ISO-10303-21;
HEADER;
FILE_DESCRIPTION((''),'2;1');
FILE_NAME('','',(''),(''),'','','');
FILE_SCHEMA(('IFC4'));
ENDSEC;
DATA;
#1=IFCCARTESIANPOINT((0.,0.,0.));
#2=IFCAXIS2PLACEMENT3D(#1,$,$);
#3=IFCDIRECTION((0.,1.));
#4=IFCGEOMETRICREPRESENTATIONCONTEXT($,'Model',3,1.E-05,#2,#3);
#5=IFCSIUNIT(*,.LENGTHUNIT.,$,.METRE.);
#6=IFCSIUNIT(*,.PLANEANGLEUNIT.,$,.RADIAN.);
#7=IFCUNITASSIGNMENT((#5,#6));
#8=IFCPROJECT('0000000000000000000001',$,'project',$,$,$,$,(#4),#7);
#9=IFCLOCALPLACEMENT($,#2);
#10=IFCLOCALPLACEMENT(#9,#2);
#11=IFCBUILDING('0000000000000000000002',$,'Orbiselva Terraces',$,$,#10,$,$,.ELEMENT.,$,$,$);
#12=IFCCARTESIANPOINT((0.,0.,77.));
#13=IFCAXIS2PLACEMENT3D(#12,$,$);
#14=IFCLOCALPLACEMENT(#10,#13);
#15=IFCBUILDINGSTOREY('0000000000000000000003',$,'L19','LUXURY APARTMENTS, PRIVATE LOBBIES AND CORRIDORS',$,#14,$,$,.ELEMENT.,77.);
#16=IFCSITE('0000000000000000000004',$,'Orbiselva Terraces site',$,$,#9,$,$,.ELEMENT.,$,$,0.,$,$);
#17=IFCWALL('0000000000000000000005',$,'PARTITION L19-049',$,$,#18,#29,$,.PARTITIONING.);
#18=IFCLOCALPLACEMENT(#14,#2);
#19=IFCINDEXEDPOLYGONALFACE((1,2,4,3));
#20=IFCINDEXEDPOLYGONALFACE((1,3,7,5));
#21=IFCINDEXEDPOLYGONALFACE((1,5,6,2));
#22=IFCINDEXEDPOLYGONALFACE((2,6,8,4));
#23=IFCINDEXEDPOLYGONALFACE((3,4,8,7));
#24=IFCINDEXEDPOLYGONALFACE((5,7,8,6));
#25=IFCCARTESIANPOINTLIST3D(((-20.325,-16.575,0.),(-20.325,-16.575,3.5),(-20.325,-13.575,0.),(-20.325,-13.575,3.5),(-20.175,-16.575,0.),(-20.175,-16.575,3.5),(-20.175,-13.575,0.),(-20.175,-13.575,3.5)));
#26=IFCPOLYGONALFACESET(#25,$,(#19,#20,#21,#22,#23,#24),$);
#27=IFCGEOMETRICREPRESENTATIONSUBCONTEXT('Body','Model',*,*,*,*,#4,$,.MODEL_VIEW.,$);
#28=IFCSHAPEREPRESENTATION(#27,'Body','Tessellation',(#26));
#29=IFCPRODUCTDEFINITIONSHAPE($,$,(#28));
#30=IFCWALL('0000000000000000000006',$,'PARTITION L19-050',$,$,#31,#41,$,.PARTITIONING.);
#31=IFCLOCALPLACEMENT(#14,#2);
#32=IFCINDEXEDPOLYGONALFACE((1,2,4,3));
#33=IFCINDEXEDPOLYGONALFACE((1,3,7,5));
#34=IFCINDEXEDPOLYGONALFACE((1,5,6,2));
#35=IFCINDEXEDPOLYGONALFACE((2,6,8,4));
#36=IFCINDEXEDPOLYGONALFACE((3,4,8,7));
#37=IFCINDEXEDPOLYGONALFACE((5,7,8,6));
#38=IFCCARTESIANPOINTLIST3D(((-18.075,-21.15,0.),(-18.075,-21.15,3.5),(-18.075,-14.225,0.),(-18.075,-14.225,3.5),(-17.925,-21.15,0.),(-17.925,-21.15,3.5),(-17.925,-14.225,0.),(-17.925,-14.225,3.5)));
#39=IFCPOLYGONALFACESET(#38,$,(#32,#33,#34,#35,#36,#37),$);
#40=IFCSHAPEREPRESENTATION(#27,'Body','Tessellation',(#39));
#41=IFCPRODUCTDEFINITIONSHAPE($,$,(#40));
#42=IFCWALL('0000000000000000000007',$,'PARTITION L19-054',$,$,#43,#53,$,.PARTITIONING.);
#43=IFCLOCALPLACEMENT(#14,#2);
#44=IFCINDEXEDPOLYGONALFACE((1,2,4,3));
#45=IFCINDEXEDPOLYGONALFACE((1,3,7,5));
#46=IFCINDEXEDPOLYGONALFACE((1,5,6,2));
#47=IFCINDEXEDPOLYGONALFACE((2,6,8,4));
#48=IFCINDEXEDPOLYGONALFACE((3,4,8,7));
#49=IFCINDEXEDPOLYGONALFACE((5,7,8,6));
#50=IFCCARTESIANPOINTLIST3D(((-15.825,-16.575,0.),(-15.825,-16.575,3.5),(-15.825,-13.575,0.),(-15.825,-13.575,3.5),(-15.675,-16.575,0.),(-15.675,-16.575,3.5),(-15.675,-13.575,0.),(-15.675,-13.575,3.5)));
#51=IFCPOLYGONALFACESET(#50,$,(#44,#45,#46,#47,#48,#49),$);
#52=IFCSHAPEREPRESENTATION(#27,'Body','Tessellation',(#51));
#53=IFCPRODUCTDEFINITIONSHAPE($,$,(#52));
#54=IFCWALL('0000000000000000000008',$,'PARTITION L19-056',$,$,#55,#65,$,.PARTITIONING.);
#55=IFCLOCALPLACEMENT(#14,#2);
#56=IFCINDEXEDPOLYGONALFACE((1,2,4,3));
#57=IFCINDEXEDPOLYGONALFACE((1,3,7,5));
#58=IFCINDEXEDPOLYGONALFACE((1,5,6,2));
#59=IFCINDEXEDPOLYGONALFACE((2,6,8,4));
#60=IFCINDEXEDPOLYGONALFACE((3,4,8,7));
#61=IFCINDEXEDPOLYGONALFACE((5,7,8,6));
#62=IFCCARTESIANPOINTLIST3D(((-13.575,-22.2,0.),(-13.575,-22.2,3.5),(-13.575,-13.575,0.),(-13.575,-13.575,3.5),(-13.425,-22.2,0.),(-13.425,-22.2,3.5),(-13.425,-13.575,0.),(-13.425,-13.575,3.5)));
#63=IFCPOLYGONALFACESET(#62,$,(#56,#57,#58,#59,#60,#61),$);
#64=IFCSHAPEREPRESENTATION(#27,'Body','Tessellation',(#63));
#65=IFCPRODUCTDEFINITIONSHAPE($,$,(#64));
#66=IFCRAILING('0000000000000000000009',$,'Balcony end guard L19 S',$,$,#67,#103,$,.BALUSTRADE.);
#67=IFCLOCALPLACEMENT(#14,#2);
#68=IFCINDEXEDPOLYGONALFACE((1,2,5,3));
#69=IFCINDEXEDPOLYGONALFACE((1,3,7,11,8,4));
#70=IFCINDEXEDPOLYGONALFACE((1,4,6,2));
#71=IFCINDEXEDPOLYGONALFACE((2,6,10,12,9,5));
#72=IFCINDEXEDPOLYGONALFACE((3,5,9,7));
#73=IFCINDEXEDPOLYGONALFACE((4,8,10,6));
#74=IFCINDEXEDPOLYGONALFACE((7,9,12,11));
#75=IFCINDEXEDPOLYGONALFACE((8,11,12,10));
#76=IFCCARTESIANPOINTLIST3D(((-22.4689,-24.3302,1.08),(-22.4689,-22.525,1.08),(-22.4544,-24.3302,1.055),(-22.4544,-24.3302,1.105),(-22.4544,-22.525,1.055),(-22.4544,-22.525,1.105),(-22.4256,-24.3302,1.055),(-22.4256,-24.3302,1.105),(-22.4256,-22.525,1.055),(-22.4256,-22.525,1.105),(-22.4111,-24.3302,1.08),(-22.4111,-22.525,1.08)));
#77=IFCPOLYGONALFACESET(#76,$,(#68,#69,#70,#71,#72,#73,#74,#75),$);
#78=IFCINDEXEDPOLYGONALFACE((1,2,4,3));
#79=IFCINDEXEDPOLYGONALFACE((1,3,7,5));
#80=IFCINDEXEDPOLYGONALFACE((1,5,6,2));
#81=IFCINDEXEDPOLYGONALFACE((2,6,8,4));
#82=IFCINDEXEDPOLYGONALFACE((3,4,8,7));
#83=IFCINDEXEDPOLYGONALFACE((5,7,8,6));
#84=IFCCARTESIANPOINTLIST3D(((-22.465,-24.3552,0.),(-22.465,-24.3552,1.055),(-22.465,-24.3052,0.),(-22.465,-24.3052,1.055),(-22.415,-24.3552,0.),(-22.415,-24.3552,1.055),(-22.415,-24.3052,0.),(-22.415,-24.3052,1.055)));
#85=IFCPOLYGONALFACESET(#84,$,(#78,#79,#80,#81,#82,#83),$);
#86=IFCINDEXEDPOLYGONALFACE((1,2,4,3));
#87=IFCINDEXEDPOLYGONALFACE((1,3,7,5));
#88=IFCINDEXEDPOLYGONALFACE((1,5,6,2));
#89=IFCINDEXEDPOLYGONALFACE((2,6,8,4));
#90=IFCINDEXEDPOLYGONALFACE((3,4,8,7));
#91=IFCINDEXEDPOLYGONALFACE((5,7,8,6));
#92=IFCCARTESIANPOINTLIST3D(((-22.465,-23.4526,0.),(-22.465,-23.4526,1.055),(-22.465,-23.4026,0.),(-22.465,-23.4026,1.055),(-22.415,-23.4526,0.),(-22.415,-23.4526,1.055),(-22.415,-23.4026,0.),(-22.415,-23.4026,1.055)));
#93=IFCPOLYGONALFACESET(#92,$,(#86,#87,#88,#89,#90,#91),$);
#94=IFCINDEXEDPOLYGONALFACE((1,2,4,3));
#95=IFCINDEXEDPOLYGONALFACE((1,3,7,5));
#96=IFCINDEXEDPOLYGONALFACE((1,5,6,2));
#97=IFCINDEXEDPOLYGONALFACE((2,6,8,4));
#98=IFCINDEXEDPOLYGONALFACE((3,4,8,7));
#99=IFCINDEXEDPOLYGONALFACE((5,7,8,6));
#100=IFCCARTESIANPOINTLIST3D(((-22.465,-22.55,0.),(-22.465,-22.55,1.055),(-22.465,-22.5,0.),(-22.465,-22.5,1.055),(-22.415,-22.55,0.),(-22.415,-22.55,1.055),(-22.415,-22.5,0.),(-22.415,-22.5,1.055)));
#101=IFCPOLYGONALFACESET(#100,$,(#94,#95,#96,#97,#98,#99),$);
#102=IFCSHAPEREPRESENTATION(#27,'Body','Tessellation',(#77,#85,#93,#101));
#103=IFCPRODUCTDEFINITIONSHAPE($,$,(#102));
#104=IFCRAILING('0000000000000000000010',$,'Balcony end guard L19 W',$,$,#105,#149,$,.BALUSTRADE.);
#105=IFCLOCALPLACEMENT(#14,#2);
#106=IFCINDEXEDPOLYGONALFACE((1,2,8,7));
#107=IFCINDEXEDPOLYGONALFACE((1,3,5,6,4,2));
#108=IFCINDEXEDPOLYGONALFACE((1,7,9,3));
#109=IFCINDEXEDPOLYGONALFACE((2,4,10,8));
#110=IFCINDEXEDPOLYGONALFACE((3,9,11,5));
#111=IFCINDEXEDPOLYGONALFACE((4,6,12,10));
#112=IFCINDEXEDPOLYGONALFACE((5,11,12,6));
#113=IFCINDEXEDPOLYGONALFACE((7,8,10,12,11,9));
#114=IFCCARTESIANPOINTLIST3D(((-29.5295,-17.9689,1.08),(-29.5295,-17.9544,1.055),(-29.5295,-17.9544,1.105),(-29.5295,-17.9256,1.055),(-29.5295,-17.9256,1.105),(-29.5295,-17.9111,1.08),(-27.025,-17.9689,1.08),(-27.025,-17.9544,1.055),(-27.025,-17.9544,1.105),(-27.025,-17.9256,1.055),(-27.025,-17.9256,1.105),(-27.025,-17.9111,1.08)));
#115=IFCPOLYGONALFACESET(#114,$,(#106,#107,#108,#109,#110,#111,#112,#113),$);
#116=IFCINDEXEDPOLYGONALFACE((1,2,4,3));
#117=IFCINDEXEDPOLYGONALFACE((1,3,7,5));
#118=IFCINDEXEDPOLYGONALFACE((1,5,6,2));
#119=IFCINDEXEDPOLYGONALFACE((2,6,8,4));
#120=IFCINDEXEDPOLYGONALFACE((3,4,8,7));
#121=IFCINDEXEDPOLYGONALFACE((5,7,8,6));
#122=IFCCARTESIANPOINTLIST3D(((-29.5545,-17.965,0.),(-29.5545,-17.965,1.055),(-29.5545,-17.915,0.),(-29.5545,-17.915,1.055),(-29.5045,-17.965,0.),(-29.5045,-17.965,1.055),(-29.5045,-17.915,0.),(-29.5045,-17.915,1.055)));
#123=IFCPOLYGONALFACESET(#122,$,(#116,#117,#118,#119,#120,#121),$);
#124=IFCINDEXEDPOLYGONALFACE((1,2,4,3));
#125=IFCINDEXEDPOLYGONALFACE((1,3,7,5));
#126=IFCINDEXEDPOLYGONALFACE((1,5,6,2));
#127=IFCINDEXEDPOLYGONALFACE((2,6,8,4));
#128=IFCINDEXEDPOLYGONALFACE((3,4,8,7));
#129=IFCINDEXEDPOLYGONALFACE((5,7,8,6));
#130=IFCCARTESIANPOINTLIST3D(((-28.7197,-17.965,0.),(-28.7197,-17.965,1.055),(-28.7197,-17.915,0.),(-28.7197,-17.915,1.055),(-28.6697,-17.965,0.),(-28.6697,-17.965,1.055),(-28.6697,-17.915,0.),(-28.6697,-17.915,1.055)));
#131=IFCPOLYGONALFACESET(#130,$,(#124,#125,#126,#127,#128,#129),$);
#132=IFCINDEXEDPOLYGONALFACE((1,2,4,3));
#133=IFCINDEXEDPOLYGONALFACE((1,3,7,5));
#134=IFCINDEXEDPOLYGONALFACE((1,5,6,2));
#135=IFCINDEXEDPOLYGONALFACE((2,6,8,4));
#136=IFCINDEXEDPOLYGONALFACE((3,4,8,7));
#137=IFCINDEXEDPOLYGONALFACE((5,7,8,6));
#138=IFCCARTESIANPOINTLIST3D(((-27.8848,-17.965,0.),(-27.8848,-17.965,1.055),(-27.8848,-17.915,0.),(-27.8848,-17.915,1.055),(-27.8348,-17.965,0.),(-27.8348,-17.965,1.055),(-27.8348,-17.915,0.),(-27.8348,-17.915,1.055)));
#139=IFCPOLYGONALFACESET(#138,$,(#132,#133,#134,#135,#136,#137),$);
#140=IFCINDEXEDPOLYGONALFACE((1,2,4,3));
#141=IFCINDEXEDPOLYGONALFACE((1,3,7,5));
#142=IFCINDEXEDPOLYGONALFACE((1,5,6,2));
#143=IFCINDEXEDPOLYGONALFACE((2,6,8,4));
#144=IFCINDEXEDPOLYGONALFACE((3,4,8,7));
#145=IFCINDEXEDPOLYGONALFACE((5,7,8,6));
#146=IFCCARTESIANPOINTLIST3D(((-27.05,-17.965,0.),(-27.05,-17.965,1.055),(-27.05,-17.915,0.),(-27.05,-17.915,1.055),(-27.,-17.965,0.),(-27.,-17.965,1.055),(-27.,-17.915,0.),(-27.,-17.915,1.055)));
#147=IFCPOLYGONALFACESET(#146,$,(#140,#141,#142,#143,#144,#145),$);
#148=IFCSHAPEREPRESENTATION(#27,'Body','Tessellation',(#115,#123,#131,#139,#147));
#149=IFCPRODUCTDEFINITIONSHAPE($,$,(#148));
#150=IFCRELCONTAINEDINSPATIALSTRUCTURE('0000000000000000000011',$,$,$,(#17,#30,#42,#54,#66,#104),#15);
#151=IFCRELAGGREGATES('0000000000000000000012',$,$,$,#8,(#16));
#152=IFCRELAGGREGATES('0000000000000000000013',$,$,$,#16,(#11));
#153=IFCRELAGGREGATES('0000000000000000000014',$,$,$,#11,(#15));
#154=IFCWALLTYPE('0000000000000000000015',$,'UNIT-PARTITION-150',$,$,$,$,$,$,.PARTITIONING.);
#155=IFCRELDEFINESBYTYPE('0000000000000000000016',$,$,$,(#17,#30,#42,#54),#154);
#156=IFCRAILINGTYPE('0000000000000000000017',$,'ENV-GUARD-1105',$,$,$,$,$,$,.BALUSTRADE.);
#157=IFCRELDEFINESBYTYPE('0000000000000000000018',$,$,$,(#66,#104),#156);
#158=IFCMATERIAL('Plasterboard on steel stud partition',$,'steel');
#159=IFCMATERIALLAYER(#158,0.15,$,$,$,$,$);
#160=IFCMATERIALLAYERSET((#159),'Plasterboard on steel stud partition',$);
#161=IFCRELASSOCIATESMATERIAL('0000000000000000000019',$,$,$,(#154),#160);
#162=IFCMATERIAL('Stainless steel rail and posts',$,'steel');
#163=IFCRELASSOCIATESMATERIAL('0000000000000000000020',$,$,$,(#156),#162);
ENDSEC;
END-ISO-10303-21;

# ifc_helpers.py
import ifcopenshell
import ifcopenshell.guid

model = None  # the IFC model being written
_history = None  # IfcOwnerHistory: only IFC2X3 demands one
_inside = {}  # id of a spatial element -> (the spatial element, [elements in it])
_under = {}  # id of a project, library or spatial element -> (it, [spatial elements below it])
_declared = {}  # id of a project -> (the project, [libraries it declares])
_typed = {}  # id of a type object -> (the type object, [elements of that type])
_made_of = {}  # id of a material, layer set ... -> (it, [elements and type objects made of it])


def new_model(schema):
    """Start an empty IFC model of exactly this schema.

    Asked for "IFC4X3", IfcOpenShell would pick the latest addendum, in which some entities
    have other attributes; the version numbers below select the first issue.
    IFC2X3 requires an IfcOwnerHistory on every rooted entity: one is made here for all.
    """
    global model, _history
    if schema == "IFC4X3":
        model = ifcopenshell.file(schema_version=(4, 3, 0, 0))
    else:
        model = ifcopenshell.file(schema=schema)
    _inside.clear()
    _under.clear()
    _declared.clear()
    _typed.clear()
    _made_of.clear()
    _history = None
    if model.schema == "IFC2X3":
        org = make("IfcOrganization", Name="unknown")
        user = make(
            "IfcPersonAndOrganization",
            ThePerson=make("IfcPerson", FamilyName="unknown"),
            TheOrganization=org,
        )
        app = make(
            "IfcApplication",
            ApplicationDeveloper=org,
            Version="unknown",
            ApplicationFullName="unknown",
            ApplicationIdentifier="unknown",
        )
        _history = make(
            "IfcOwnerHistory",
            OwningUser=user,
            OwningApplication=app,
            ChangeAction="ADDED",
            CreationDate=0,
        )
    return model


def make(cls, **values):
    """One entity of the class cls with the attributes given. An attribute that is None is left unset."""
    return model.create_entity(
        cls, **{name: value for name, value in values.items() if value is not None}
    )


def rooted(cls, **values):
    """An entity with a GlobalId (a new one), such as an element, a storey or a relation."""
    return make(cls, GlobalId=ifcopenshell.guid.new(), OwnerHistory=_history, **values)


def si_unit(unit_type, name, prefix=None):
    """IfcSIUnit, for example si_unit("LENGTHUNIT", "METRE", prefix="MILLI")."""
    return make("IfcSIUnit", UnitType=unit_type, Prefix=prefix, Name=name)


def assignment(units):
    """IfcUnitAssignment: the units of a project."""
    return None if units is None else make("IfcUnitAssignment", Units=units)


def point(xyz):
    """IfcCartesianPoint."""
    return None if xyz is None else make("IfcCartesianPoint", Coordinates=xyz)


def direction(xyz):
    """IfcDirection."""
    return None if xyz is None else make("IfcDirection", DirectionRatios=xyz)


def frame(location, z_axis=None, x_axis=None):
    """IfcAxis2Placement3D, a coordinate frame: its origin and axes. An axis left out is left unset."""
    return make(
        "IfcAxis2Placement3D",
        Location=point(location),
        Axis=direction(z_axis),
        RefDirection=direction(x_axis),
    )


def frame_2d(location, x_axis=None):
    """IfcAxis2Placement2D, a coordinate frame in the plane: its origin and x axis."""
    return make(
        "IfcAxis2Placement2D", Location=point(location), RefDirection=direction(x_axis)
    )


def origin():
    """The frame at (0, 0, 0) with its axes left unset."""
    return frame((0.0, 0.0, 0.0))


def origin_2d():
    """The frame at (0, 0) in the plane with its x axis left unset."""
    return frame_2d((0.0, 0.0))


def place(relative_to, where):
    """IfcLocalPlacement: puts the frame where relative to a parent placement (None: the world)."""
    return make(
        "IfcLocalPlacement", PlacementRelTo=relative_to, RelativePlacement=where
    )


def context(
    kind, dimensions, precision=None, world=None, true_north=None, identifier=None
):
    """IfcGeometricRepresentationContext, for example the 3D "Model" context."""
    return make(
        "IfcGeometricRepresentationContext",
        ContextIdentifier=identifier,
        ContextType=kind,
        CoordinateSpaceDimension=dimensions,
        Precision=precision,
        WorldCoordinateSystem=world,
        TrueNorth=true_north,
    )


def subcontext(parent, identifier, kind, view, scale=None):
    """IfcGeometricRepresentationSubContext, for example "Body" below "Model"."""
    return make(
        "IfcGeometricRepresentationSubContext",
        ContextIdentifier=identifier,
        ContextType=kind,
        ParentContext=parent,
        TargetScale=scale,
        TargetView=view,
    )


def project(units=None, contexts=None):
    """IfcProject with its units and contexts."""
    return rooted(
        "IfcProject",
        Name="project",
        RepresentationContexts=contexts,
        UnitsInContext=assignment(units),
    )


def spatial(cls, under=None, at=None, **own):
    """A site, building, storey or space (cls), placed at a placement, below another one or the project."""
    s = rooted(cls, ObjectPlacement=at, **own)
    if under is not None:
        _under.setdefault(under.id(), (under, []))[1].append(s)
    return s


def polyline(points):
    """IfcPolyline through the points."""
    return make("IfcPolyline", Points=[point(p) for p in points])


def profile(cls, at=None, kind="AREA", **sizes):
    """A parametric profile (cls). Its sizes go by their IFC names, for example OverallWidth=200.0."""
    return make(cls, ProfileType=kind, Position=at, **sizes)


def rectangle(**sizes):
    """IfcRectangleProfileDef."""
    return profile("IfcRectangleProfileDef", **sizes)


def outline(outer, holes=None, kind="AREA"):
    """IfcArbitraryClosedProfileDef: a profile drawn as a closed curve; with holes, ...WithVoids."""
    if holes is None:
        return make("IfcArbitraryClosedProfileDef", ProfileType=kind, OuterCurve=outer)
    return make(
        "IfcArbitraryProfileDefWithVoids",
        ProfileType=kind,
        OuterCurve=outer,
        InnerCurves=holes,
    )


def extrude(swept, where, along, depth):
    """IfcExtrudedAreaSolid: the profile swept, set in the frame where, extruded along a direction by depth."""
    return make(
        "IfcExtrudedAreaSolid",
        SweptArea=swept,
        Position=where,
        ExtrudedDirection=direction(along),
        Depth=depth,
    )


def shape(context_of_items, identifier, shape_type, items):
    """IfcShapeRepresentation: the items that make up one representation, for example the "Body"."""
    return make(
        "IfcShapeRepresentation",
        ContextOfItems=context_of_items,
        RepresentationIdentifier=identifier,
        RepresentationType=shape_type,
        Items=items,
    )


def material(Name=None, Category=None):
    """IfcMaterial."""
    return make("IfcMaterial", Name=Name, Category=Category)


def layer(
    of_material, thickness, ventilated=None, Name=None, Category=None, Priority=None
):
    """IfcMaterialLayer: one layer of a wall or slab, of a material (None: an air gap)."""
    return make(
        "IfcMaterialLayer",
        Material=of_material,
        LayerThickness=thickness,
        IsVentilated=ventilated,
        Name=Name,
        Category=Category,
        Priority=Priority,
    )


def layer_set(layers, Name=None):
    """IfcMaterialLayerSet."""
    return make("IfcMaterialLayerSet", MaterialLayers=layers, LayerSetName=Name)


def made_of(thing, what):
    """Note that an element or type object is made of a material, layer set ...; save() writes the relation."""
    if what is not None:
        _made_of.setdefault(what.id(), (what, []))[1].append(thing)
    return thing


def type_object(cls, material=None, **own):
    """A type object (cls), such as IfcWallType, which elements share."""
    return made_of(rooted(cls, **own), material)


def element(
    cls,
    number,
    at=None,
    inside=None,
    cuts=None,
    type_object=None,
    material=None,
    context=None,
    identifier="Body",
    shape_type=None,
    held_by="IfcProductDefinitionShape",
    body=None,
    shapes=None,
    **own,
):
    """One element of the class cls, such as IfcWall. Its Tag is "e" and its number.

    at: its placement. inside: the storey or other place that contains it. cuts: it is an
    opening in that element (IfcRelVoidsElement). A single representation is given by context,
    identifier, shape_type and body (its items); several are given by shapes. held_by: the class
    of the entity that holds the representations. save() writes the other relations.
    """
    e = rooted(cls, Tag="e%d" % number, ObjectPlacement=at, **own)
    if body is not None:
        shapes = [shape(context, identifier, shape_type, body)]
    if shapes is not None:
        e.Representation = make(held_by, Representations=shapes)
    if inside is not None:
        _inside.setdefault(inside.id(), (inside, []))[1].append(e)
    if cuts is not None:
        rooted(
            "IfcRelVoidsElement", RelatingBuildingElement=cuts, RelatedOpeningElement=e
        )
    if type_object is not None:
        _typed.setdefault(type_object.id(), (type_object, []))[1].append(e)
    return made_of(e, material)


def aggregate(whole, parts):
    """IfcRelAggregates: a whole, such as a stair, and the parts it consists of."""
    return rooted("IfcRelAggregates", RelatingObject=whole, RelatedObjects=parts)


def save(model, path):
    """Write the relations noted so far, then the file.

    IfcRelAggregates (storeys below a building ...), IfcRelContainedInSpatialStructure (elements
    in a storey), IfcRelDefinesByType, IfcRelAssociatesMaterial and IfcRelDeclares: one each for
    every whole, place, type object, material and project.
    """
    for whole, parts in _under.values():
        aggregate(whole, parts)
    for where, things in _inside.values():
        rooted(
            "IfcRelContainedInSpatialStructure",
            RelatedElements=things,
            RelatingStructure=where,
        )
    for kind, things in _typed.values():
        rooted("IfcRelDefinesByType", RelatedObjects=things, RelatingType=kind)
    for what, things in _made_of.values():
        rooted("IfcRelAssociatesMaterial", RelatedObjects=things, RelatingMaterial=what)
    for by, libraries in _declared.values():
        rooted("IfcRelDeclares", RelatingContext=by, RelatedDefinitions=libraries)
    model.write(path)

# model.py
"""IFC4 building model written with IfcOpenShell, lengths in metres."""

from ifc_helpers import new_model, si_unit, direction, frame, frame_2d, origin, origin_2d, place, context, subcontext, project, spatial, polyline, rectangle, outline, extrude, material, layer, layer_set, type_object, element, save


model = new_model("IFC4")

# Units and contexts
model_context = context("Model", 3, precision=1e-05, world=origin(), true_north=direction((0.0, 1.0)))
body_context = subcontext(model_context, "Body", "Model", "MODEL_VIEW")
ifc_project = project(units=[si_unit("LENGTHUNIT", "METRE"), si_unit("PLANEANGLEUNIT", "RADIAN")], contexts=[model_context])

# Site, building, storey
site_placement = place(None, origin())
site = spatial("IfcSite", under=ifc_project, at=site_placement, Name="Orbiselva Terraces site", CompositionType="ELEMENT", RefElevation=0.0)
building_placement = place(site_placement, origin())
building = spatial("IfcBuilding", under=site, at=building_placement, Name="Orbiselva Terraces", CompositionType="ELEMENT")
storey_placement = place(building_placement, frame((0.0, 0.0, 77.0)))
storey = spatial("IfcBuildingStorey", under=building, at=storey_placement, Name="L19", Description="LUXURY APARTMENTS, PRIVATE LOBBIES AND CORRIDORS", CompositionType="ELEMENT", Elevation=77.0)

# Shared definitions
ifc_material_1 = material(Name="Plasterboard on steel stud partition", Category="steel")
ifc_layer_1 = layer(ifc_material_1, 0.15)
ifc_layer_set_1 = layer_set([ifc_layer_1], Name="Plasterboard on steel stud partition")
wall_type_1 = type_object("IfcWallType", Name="UNIT-PARTITION-150", PredefinedType="PARTITIONING", material=ifc_layer_set_1)

# Walls
wall_1_placement = place(storey_placement, frame((-20.25, -16.575, 0.0), z_axis=(0.0, 0.0, 1.0), x_axis=(0.0, 1.0, 0.0)))
element("IfcWall", 1, at=wall_1_placement, inside=storey, type_object=wall_type_1, Name="PARTITION L19-049", PredefinedType="PARTITIONING", context=body_context, shape_type="SweptSolid", body=[
    extrude(rectangle(XDim=3.0, YDim=0.15, at=frame_2d((1.5, 0.0))), origin(), (0.0, 0.0, 1.0), 3.5),
])
wall_2_placement = place(storey_placement, frame((-18.0, -21.15, 0.0), z_axis=(0.0, 0.0, 1.0), x_axis=(0.0, 1.0, 0.0)))
element("IfcWall", 2, at=wall_2_placement, inside=storey, type_object=wall_type_1, Name="PARTITION L19-050", PredefinedType="PARTITIONING", context=body_context, shape_type="SweptSolid", body=[
    extrude(rectangle(XDim=6.925, YDim=0.15, at=frame_2d((3.4625, 0.0))), origin(), (0.0, 0.0, 1.0), 3.5),
])
wall_3_placement = place(storey_placement, frame((-15.75, -16.575, 0.0), z_axis=(0.0, 0.0, 1.0), x_axis=(0.0, 1.0, 0.0)))
element("IfcWall", 3, at=wall_3_placement, inside=storey, type_object=wall_type_1, Name="PARTITION L19-054", PredefinedType="PARTITIONING", context=body_context, shape_type="SweptSolid", body=[
    extrude(rectangle(XDim=3.0, YDim=0.15, at=frame_2d((1.5, 0.0))), origin(), (0.0, 0.0, 1.0), 3.5),
])
wall_4_placement = place(storey_placement, frame((-13.5, -22.2, 0.0), z_axis=(0.0, 0.0, 1.0), x_axis=(0.0, 1.0, 0.0)))
element("IfcWall", 4, at=wall_4_placement, inside=storey, type_object=wall_type_1, Name="PARTITION L19-056", PredefinedType="PARTITIONING", context=body_context, shape_type="SweptSolid", body=[
    extrude(rectangle(XDim=8.625, YDim=0.15, at=frame_2d((4.3125, 0.0))), origin(), (0.0, 0.0, 1.0), 3.5),
])

# Railings
ifc_material_2 = material(Name="Stainless steel rail and posts", Category="steel")
railing_type_1 = type_object("IfcRailingType", Name="ENV-GUARD-1105", PredefinedType="BALUSTRADE", material=ifc_material_2)
railing_1_placement = place(storey_placement, frame((-22.44, -24.3302, 0.0)))
element("IfcRailing", 5, at=railing_1_placement, inside=storey, type_object=railing_type_1, Name="Balcony end guard L19 S", PredefinedType="BALUSTRADE", context=body_context, shape_type="SweptSolid", body=[
    extrude(outline(polyline([(0.0289, 0.0), (0.0144, 0.025), (-0.0144, 0.025), (-0.0289, 0.0), (-0.0144, -0.025), (0.0144, -0.025), (0.0289, 0.0)])), frame((0.0, 0.0, 1.08), z_axis=(0.0, 1.0, 0.0), x_axis=(-1.0, 0.0, 0.0)), (0.0, 0.0, 1.0), 1.8052),
    extrude(rectangle(XDim=0.05, YDim=0.05, at=origin_2d()), origin(), (0.0, 0.0, 1.0), 1.055),
    extrude(rectangle(XDim=0.05, YDim=0.05, at=origin_2d()), frame((0.0, 0.9026, 0.0)), (0.0, 0.0, 1.0), 1.055),
    extrude(rectangle(XDim=0.05, YDim=0.05, at=origin_2d()), frame((0.0, 1.8052, 0.0)), (0.0, 0.0, 1.0), 1.055),
])
railing_2_placement = place(storey_placement, frame((-29.5295, -17.94, 0.0)))
element("IfcRailing", 6, at=railing_2_placement, inside=storey, type_object=railing_type_1, Name="Balcony end guard L19 W", PredefinedType="BALUSTRADE", context=body_context, shape_type="SweptSolid", body=[
    extrude(outline(polyline([(0.0289, 0.0), (0.0144, 0.025), (-0.0144, 0.025), (-0.0289, 0.0), (-0.0144, -0.025), (0.0144, -0.025), (0.0289, 0.0)])), frame((0.0, 0.0, 1.08), z_axis=(1.0, 0.0, 0.0), x_axis=(0.0, 1.0, 0.0)), (0.0, 0.0, 1.0), 2.5045),
    extrude(rectangle(XDim=0.05, YDim=0.05, at=origin_2d()), origin(), (0.0, 0.0, 1.0), 1.055),
    extrude(rectangle(XDim=0.05, YDim=0.05, at=origin_2d()), frame((0.8348, 0.0, 0.0)), (0.0, 0.0, 1.0), 1.055),
    extrude(rectangle(XDim=0.05, YDim=0.05, at=origin_2d()), frame((1.6697, 0.0, 0.0)), (0.0, 0.0, 1.0), 1.055),
    extrude(rectangle(XDim=0.05, YDim=0.05, at=origin_2d()), frame((2.5045, 0.0, 0.0)), (0.0, 0.0, 1.0), 1.055),
])

save(model, "model.ifc")
